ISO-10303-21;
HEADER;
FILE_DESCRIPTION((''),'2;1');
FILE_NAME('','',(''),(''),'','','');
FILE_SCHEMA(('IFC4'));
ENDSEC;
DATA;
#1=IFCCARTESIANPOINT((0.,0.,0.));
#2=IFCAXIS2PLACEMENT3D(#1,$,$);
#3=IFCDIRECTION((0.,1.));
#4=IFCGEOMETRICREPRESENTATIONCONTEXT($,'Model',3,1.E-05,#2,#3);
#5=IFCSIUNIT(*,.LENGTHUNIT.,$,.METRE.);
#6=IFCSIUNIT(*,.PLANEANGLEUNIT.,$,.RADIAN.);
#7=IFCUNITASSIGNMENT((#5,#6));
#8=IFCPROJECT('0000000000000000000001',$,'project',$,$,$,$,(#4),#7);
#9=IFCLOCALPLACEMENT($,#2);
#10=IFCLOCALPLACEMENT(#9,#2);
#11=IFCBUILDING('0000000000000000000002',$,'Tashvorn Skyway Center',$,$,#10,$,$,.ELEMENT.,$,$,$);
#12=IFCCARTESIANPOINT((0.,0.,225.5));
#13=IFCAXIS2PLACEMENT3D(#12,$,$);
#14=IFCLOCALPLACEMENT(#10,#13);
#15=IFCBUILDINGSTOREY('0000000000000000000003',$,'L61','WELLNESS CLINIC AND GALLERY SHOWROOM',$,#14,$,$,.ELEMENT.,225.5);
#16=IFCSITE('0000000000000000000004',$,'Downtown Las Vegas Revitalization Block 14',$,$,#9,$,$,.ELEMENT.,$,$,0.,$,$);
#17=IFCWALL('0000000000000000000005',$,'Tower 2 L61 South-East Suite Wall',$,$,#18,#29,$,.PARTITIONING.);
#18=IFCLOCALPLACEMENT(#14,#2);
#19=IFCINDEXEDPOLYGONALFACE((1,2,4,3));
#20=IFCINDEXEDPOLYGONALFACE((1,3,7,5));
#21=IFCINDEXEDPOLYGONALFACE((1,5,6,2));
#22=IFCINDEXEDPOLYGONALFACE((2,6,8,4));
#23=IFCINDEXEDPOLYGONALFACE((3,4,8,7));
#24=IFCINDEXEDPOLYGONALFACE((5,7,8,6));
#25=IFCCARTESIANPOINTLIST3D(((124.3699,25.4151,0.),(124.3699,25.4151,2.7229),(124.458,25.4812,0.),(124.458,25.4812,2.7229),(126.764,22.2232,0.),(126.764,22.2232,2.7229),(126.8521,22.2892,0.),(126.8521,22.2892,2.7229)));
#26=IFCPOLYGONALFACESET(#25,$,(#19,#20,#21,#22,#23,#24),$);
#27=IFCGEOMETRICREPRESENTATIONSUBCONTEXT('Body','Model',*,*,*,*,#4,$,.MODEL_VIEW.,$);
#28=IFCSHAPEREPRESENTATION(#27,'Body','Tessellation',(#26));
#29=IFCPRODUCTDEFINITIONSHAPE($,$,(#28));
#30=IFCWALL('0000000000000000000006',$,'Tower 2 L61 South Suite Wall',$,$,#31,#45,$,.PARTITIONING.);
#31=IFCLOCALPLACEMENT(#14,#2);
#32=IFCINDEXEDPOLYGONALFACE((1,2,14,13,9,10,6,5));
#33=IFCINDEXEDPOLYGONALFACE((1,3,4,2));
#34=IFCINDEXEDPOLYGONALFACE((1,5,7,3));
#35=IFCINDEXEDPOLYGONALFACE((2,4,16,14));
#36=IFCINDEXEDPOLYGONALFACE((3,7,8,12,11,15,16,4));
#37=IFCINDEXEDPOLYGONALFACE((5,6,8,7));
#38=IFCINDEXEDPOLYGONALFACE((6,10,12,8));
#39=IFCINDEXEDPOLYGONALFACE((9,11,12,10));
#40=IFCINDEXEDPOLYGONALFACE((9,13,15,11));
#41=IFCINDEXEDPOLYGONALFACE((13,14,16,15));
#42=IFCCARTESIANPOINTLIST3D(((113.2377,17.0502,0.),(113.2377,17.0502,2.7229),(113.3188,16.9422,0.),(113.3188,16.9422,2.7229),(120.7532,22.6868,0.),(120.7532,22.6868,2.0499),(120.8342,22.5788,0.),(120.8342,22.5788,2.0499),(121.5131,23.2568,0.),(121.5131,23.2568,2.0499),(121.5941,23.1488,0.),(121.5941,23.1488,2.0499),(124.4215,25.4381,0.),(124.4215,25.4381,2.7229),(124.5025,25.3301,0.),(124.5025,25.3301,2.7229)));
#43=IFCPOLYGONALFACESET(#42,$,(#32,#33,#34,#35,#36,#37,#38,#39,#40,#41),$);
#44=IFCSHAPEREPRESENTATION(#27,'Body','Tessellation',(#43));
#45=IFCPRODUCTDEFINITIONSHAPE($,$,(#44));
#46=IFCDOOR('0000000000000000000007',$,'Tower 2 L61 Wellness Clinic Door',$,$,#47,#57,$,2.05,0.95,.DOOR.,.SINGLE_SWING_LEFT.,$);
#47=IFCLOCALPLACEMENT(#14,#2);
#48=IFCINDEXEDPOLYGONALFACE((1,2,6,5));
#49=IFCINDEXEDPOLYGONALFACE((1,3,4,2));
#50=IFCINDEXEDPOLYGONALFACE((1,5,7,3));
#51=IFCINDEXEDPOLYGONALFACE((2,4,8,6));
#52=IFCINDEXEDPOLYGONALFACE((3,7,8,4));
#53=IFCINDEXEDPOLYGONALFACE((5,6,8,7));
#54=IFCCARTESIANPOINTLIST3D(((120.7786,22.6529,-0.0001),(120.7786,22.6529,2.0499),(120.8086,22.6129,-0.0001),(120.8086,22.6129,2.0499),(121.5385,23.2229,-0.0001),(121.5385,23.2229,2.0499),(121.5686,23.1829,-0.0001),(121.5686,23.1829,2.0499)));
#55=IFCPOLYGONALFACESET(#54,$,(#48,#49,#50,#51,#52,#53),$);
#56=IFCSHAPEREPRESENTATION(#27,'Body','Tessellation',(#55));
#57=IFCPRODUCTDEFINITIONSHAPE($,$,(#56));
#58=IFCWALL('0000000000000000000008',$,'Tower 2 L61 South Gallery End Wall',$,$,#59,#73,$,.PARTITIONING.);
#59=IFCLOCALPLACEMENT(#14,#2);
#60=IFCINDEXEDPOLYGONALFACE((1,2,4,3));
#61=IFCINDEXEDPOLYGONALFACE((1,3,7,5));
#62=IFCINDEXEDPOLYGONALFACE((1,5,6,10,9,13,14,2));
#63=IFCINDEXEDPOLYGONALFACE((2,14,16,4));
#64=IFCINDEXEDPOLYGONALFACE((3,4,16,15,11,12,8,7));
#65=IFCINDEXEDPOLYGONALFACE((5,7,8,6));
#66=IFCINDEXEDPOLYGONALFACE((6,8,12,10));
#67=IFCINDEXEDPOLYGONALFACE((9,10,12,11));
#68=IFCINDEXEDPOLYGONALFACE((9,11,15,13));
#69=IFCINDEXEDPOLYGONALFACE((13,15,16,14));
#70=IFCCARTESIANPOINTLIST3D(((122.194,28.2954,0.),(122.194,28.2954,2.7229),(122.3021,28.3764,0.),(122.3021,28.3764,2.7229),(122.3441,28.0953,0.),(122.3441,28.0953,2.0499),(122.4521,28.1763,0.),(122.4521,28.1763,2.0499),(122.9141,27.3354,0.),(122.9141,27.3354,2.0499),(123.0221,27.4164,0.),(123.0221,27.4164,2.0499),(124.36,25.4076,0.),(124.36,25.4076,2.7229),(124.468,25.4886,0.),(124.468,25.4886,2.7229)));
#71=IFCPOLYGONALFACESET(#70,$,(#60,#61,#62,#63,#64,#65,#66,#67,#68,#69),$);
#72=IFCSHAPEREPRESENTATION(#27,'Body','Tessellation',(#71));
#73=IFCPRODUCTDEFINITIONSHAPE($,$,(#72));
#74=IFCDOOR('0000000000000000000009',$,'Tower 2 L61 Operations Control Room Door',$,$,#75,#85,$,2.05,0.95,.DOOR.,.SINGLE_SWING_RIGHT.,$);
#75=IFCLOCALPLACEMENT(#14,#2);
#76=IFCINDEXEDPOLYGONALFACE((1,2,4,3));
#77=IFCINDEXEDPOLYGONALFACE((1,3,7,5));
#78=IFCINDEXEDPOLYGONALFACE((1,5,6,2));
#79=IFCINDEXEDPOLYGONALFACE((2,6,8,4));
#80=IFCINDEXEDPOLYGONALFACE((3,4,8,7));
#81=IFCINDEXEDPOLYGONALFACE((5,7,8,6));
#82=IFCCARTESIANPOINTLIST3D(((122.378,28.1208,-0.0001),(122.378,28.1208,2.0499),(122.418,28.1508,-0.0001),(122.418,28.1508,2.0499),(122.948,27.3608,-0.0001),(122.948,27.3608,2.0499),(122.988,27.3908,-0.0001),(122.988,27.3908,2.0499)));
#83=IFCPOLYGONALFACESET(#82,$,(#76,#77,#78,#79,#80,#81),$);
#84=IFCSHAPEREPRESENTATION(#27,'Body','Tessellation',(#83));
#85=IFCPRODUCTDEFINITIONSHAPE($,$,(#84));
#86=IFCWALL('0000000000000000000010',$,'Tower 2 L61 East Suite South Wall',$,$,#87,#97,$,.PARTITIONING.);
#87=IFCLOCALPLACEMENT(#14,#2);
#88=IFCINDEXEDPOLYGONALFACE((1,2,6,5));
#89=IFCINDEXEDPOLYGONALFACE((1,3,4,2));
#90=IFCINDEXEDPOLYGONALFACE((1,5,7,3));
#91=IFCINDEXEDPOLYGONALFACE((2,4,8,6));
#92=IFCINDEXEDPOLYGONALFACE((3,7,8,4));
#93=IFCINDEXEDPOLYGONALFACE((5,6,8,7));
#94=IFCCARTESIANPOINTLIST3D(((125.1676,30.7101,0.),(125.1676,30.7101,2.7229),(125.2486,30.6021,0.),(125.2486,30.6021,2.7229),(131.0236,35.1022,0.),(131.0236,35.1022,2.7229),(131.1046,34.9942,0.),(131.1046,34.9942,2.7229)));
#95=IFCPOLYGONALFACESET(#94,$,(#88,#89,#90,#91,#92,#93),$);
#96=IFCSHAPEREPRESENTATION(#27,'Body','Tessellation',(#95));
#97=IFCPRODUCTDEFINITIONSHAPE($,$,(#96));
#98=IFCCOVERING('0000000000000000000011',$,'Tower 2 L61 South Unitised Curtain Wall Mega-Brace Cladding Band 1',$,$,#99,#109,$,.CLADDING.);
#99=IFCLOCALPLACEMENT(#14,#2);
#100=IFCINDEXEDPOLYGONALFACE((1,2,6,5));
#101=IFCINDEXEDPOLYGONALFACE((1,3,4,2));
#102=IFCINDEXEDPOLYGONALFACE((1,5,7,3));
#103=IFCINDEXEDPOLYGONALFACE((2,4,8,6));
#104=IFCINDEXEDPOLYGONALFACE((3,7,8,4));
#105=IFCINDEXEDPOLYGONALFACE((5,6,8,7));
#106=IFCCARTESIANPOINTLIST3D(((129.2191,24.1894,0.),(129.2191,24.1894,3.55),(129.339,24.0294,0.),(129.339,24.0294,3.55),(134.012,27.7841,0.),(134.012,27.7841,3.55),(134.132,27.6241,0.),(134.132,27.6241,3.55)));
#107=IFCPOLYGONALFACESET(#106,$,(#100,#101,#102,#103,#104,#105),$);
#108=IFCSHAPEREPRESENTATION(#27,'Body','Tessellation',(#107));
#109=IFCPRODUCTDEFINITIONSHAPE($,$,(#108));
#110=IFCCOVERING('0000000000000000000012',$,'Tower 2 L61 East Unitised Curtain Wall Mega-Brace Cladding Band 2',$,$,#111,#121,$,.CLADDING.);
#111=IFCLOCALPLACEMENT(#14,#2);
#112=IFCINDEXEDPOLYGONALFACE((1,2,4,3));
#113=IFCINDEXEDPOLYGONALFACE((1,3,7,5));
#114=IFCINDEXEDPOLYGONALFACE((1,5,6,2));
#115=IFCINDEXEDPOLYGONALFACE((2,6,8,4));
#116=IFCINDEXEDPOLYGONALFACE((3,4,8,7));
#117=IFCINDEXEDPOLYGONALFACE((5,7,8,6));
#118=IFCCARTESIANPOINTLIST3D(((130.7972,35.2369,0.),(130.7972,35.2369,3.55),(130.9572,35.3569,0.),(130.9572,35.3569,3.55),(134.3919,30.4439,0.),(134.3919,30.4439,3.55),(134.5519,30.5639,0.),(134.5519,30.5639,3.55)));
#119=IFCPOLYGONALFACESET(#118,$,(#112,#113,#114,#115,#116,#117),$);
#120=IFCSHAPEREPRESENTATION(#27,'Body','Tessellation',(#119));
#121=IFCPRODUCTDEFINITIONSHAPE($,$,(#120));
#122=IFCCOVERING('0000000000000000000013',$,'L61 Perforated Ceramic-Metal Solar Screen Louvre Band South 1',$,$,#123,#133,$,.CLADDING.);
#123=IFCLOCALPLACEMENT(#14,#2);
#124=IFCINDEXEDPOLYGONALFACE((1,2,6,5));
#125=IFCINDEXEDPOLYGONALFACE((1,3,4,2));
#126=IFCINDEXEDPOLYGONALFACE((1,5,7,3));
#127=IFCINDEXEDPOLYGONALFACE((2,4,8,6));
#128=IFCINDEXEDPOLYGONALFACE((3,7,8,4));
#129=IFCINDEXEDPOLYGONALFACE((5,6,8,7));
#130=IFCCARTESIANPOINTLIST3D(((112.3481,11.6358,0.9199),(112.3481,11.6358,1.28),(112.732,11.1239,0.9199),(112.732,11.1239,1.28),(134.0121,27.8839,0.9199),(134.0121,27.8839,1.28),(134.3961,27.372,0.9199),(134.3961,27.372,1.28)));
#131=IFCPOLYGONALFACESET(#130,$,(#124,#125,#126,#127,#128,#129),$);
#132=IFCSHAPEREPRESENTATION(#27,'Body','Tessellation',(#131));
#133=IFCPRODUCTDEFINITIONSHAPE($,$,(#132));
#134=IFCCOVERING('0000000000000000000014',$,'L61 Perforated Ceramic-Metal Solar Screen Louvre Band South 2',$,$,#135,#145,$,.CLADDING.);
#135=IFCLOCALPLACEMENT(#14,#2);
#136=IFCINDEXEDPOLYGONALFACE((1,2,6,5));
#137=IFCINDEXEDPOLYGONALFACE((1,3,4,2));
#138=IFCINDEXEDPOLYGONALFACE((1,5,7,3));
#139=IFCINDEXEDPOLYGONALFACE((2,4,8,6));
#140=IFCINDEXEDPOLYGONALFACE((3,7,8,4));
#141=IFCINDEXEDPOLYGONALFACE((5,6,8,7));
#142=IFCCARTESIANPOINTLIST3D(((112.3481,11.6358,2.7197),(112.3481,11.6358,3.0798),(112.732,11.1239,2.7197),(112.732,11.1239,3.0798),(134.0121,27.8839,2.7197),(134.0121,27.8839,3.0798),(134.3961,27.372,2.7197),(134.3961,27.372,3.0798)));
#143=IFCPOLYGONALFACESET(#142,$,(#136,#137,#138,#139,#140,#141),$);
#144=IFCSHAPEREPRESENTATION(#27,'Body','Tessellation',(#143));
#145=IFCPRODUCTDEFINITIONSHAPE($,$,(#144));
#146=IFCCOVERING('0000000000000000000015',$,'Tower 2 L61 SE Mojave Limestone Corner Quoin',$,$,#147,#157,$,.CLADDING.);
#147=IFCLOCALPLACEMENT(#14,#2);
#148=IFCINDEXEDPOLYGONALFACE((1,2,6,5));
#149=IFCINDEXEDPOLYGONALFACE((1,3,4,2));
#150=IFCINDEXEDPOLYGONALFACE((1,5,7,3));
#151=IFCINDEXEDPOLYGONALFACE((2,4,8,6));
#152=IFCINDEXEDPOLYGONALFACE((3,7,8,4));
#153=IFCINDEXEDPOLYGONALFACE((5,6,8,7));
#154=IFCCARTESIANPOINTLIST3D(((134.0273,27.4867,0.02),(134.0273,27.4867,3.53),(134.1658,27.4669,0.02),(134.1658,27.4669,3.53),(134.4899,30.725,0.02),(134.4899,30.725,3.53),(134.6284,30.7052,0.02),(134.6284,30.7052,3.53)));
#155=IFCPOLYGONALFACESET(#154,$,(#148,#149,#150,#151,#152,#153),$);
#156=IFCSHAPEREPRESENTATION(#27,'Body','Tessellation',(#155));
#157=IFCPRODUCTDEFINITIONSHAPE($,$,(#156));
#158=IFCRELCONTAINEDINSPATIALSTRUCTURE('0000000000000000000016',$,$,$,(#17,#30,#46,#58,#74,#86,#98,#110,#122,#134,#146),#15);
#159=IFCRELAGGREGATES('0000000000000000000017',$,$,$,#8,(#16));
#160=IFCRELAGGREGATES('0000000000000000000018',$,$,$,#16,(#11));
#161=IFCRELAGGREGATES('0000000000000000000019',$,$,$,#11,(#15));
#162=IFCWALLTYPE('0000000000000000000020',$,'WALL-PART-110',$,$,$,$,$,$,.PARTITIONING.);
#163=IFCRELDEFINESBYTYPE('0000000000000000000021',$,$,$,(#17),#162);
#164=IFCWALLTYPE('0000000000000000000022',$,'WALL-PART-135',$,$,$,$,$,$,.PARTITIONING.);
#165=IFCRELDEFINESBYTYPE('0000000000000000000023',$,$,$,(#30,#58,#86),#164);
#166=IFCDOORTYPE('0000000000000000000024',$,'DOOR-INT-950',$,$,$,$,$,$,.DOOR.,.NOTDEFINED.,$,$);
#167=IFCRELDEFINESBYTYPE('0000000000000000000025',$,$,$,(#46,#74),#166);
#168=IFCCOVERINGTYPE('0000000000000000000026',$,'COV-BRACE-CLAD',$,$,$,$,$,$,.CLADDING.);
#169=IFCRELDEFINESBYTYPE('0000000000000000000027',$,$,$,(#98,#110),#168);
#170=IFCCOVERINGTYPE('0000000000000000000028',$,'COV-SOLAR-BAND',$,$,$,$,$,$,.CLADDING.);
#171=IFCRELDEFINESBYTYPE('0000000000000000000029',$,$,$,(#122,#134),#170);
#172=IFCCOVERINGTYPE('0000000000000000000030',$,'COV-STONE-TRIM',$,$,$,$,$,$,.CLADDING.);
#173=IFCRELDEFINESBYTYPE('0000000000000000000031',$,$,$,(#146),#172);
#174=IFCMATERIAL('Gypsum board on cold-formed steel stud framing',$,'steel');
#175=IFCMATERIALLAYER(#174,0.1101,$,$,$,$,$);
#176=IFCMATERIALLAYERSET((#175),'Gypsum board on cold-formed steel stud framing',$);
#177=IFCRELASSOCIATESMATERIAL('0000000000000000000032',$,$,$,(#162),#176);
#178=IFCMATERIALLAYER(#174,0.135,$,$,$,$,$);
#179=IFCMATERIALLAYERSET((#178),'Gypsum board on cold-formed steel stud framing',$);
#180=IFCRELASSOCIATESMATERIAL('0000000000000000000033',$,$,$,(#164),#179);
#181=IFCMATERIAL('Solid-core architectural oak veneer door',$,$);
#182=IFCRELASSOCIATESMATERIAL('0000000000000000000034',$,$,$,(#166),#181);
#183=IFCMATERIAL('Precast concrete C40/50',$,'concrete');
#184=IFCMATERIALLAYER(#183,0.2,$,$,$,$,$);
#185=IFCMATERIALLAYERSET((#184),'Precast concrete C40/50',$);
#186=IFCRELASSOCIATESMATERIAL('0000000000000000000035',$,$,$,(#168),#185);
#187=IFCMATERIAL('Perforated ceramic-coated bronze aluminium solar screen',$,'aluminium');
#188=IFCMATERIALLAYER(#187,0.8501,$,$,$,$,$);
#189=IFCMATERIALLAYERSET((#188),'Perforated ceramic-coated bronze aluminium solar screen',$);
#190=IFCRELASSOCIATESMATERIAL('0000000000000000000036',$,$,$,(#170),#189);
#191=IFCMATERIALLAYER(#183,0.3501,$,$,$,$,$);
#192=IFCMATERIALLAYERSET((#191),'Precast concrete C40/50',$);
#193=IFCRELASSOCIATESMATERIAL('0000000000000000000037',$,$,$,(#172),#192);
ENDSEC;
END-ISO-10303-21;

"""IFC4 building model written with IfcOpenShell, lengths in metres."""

from ifc_helpers import new_model, si_unit, direction, frame, frame_2d, origin, origin_2d, place, context, subcontext, project, spatial, rectangle, extrude, material, layer, layer_set, type_object, element, fill, save


model = new_model("IFC4")

# Units and contexts
model_context = context("Model", 3, precision=1e-05, world=origin(), true_north=direction((0.0, 1.0)))
body_context = subcontext(model_context, "Body", "Model", "MODEL_VIEW")
ifc_project = project(units=[si_unit("LENGTHUNIT", "METRE"), si_unit("PLANEANGLEUNIT", "RADIAN")], contexts=[model_context])

# Site, building, storey
site_placement = place(None, origin())
site = spatial("IfcSite", under=ifc_project, at=site_placement, Name="Downtown Las Vegas Revitalization Block 14", CompositionType="ELEMENT", RefElevation=0.0)
building_placement = place(site_placement, origin())
building = spatial("IfcBuilding", under=site, at=building_placement, Name="Tashvorn Skyway Center", CompositionType="ELEMENT")
storey_placement = place(building_placement, frame((0.0, 0.0, 225.5)))
storey = spatial("IfcBuildingStorey", under=building, at=storey_placement, Name="L61", Description="WELLNESS CLINIC AND GALLERY SHOWROOM", CompositionType="ELEMENT", Elevation=225.5)

# Wall
ifc_material_1 = material(Name="Precast concrete C40/50", Category="concrete")
ifc_material_2 = material(Name="Gypsum board on cold-formed steel stud framing", Category="steel")
ifc_layer_1 = layer(ifc_material_2, 0.1101)
ifc_layer_set_1 = layer_set([ifc_layer_1], Name="Gypsum board on cold-formed steel stud framing")
wall_type_1 = type_object("IfcWallType", Name="WALL-PART-110", PredefinedType="PARTITIONING", material=ifc_layer_set_1)
wall_1_placement = place(storey_placement, frame((126.8081, 22.2561, 0.0), z_axis=(0.0, 0.0, 1.0), x_axis=(-0.60002, 0.799985, 0.0)))
element("IfcWall", 1, at=wall_1_placement, inside=storey, type_object=wall_type_1, Name="Tower 2 L61 South-East Suite Wall", PredefinedType="PARTITIONING", context=body_context, shape_type="SweptSolid", body=[
    extrude(rectangle(XDim=3.99, YDim=0.1101, at=frame_2d((1.9951, 0.0))), origin(), (0.0, 0.0, 1.0), 2.7229),
])

# Walls, openings, doors
ifc_layer_2 = layer(ifc_material_2, 0.135)
ifc_layer_set_2 = layer_set([ifc_layer_2], Name="Gypsum board on cold-formed steel stud framing")
wall_type_2 = type_object("IfcWallType", Name="WALL-PART-135", PredefinedType="PARTITIONING", material=ifc_layer_set_2)
wall_2_placement = place(storey_placement, frame((124.4619, 25.384, 0.0), z_axis=(0.0, 0.0, 1.0), x_axis=(-0.799998, -0.600003, 0.0)))
wall_2 = element("IfcWall", 2, at=wall_2_placement, inside=storey, type_object=wall_type_2, Name="Tower 2 L61 South Suite Wall", PredefinedType="PARTITIONING", context=body_context, shape_type="SweptSolid", body=[
    extrude(rectangle(XDim=13.9797, YDim=0.135, at=frame_2d((6.9897, 0.0))), origin(), (0.0, 0.0, 1.0), 2.7229),
])
opening_1_placement = place(wall_2_placement, frame((3.6353, 0.0, 0.0)))
opening_1 = element("IfcOpeningElement", 3, at=opening_1_placement, cuts=wall_2, PredefinedType="OPENING", context=body_context, shape_type="SweptSolid", body=[
    extrude(rectangle(XDim=0.95, YDim=2.05, at=frame_2d((0.4751, 1.0249))), frame((0.0, 0.0774, 0.0), z_axis=(0.0, -1.0, 0.0), x_axis=(1.0, 0.0, 0.0)), (0.0, 0.0, 1.0), 0.155),
])
ifc_material_3 = material(Name="Solid-core architectural oak veneer door")
door_type_1 = type_object("IfcDoorType", Name="DOOR-INT-950", OperationType="NOTDEFINED", PredefinedType="DOOR", material=ifc_material_3)
door_1_placement = place(opening_1_placement, origin())
door_1 = element("IfcDoor", 4, at=door_1_placement, inside=storey, type_object=door_type_1, Name="Tower 2 L61 Wellness Clinic Door", OperationType="SINGLE_SWING_LEFT", OverallHeight=2.05, OverallWidth=0.95, PredefinedType="DOOR", context=body_context, shape_type="SweptSolid", body=[
    extrude(rectangle(XDim=0.95, YDim=2.05, at=frame_2d((0.4751, 1.0249))), frame((0.0, 0.0249, 0.0), z_axis=(0.0, -1.0, 0.0), x_axis=(1.0, 0.0, 0.0)), (0.0, 0.0, 1.0), 0.05),
])
fill(opening_1, door_1)
wall_3_placement = place(storey_placement, frame((122.248, 28.3359, 0.0), z_axis=(0.0, 0.0, 1.0), x_axis=(0.600011, -0.799992, 0.0)))
wall_3 = element("IfcWall", 5, at=wall_3_placement, inside=storey, type_object=wall_type_2, Name="Tower 2 L61 South Gallery End Wall", PredefinedType="PARTITIONING", context=body_context, shape_type="SweptSolid", body=[
    extrude(rectangle(XDim=3.6099, YDim=0.135, at=frame_2d((1.8049, 0.0))), origin(), (0.0, 0.0, 1.0), 2.7229),
])
opening_2_placement = place(wall_3_placement, frame((0.25, 0.0, 0.0)))
opening_2 = element("IfcOpeningElement", 6, at=opening_2_placement, cuts=wall_3, PredefinedType="OPENING", context=body_context, shape_type="SweptSolid", body=[
    extrude(rectangle(XDim=0.95, YDim=2.05, at=frame_2d((0.4751, 1.0249))), frame((0.0, 0.0774, 0.0), z_axis=(0.0, -1.0, 0.0), x_axis=(1.0, 0.0, 0.0)), (0.0, 0.0, 1.0), 0.155),
])
door_2_placement = place(opening_2_placement, origin())
door_2 = element("IfcDoor", 7, at=door_2_placement, inside=storey, type_object=door_type_1, Name="Tower 2 L61 Operations Control Room Door", OperationType="SINGLE_SWING_RIGHT", OverallHeight=2.05, OverallWidth=0.95, PredefinedType="DOOR", context=body_context, shape_type="SweptSolid", body=[
    extrude(rectangle(XDim=0.95, YDim=2.05, at=frame_2d((0.4751, 1.0249))), frame((0.0, 0.0249, 0.0), z_axis=(0.0, -1.0, 0.0), x_axis=(1.0, 0.0, 0.0)), (0.0, 0.0, 1.0), 0.05),
])
fill(opening_2, door_2)

# Wall
wall_4_placement = place(storey_placement, frame((125.208, 30.656, 0.0), z_axis=(0.0, 0.0, 1.0), x_axis=(0.799992, 0.600011, 0.0)))
element("IfcWall", 8, at=wall_4_placement, inside=storey, type_object=wall_type_2, Name="Tower 2 L61 East Suite South Wall", PredefinedType="PARTITIONING", context=body_context, shape_type="SweptSolid", body=[
    extrude(rectangle(XDim=7.3201, YDim=0.135, at=frame_2d((3.6602, 0.0))), origin(), (0.0, 0.0, 1.0), 2.7229),
])

# Coverings
ifc_layer_3 = layer(ifc_material_1, 0.2)
ifc_layer_set_3 = layer_set([ifc_layer_3], Name="Precast concrete C40/50")
covering_type_1 = type_object("IfcCoveringType", Name="COV-BRACE-CLAD", PredefinedType="CLADDING", material=ifc_layer_set_3)
for number, where, z_axis, x_axis, name in (
    (9, (131.6755, 25.9067, 0.0), (0.0, 0.0, 1.0), (-0.8, -0.6, 0.0), "Tower 2 L61 South Unitised Curtain Wall Mega-Brace Cladding Band 1"),
    (10, (132.6746, 32.9004, 0.0), (0.0, 0.0, 1.0), (0.6, -0.8, 0.0), "Tower 2 L61 East Unitised Curtain Wall Mega-Brace Cladding Band 2"),
):
    element("IfcCovering", number, at=place(storey_placement, frame(where, z_axis=z_axis, x_axis=x_axis)), inside=storey, type_object=covering_type_1, Name=name, PredefinedType="CLADDING", context=body_context, shape_type="SweptSolid", body=[
        extrude(rectangle(XDim=5.9912, YDim=0.2, at=origin_2d()), origin(), (0.0, 0.0, 1.0), 3.55),
    ])
ifc_material_4 = material(Name="Perforated ceramic-coated bronze aluminium solar screen", Category="aluminium")
ifc_layer_4 = layer(ifc_material_4, 0.8501)
ifc_layer_set_4 = layer_set([ifc_layer_4], Name="Perforated ceramic-coated bronze aluminium solar screen")
covering_type_2 = type_object("IfcCoveringType", Name="COV-SOLAR-BAND", PredefinedType="CLADDING", material=ifc_layer_set_4)
for number, where, z_axis, x_axis, name in (
    (11, (123.3721, 19.5039, 0.9199), (0.0, 0.0, 1.0), (-0.8, -0.6, 0.0), "L61 Perforated Ceramic-Metal Solar Screen Louvre Band South 1"),
    (12, (123.3721, 19.5039, 2.7197), (0.0, 0.0, 1.0), (-0.8, -0.6, 0.0), "L61 Perforated Ceramic-Metal Solar Screen Louvre Band South 2"),
):
    element("IfcCovering", number, at=place(storey_placement, frame(where, z_axis=z_axis, x_axis=x_axis)), inside=storey, type_object=covering_type_2, Name=name, PredefinedType="CLADDING", context=body_context, shape_type="SweptSolid", body=[
        extrude(rectangle(XDim=27.0801, YDim=0.6399, at=origin_2d()), origin(), (0.0, 0.0, 1.0), 0.3601),
    ])
ifc_layer_5 = layer(ifc_material_1, 0.3501)
ifc_layer_set_5 = layer_set([ifc_layer_5], Name="Precast concrete C40/50")
covering_type_3 = type_object("IfcCoveringType", Name="COV-STONE-TRIM", PredefinedType="CLADDING", material=ifc_layer_set_5)
covering_placement = place(storey_placement, frame((134.3279, 29.0959, 0.02), z_axis=(0.0, 0.0, 1.0), x_axis=(0.141421, 0.989949, 0.0)))
element("IfcCovering", 13, at=covering_placement, inside=storey, type_object=covering_type_3, Name="Tower 2 L61 SE Mojave Limestone Corner Quoin", PredefinedType="CLADDING", context=body_context, shape_type="SweptSolid", body=[
    extrude(rectangle(XDim=3.2712, YDim=0.1399, at=origin_2d()), origin(), (0.0, 0.0, 1.0), 3.51),
])

save(model, "model.ifc")
